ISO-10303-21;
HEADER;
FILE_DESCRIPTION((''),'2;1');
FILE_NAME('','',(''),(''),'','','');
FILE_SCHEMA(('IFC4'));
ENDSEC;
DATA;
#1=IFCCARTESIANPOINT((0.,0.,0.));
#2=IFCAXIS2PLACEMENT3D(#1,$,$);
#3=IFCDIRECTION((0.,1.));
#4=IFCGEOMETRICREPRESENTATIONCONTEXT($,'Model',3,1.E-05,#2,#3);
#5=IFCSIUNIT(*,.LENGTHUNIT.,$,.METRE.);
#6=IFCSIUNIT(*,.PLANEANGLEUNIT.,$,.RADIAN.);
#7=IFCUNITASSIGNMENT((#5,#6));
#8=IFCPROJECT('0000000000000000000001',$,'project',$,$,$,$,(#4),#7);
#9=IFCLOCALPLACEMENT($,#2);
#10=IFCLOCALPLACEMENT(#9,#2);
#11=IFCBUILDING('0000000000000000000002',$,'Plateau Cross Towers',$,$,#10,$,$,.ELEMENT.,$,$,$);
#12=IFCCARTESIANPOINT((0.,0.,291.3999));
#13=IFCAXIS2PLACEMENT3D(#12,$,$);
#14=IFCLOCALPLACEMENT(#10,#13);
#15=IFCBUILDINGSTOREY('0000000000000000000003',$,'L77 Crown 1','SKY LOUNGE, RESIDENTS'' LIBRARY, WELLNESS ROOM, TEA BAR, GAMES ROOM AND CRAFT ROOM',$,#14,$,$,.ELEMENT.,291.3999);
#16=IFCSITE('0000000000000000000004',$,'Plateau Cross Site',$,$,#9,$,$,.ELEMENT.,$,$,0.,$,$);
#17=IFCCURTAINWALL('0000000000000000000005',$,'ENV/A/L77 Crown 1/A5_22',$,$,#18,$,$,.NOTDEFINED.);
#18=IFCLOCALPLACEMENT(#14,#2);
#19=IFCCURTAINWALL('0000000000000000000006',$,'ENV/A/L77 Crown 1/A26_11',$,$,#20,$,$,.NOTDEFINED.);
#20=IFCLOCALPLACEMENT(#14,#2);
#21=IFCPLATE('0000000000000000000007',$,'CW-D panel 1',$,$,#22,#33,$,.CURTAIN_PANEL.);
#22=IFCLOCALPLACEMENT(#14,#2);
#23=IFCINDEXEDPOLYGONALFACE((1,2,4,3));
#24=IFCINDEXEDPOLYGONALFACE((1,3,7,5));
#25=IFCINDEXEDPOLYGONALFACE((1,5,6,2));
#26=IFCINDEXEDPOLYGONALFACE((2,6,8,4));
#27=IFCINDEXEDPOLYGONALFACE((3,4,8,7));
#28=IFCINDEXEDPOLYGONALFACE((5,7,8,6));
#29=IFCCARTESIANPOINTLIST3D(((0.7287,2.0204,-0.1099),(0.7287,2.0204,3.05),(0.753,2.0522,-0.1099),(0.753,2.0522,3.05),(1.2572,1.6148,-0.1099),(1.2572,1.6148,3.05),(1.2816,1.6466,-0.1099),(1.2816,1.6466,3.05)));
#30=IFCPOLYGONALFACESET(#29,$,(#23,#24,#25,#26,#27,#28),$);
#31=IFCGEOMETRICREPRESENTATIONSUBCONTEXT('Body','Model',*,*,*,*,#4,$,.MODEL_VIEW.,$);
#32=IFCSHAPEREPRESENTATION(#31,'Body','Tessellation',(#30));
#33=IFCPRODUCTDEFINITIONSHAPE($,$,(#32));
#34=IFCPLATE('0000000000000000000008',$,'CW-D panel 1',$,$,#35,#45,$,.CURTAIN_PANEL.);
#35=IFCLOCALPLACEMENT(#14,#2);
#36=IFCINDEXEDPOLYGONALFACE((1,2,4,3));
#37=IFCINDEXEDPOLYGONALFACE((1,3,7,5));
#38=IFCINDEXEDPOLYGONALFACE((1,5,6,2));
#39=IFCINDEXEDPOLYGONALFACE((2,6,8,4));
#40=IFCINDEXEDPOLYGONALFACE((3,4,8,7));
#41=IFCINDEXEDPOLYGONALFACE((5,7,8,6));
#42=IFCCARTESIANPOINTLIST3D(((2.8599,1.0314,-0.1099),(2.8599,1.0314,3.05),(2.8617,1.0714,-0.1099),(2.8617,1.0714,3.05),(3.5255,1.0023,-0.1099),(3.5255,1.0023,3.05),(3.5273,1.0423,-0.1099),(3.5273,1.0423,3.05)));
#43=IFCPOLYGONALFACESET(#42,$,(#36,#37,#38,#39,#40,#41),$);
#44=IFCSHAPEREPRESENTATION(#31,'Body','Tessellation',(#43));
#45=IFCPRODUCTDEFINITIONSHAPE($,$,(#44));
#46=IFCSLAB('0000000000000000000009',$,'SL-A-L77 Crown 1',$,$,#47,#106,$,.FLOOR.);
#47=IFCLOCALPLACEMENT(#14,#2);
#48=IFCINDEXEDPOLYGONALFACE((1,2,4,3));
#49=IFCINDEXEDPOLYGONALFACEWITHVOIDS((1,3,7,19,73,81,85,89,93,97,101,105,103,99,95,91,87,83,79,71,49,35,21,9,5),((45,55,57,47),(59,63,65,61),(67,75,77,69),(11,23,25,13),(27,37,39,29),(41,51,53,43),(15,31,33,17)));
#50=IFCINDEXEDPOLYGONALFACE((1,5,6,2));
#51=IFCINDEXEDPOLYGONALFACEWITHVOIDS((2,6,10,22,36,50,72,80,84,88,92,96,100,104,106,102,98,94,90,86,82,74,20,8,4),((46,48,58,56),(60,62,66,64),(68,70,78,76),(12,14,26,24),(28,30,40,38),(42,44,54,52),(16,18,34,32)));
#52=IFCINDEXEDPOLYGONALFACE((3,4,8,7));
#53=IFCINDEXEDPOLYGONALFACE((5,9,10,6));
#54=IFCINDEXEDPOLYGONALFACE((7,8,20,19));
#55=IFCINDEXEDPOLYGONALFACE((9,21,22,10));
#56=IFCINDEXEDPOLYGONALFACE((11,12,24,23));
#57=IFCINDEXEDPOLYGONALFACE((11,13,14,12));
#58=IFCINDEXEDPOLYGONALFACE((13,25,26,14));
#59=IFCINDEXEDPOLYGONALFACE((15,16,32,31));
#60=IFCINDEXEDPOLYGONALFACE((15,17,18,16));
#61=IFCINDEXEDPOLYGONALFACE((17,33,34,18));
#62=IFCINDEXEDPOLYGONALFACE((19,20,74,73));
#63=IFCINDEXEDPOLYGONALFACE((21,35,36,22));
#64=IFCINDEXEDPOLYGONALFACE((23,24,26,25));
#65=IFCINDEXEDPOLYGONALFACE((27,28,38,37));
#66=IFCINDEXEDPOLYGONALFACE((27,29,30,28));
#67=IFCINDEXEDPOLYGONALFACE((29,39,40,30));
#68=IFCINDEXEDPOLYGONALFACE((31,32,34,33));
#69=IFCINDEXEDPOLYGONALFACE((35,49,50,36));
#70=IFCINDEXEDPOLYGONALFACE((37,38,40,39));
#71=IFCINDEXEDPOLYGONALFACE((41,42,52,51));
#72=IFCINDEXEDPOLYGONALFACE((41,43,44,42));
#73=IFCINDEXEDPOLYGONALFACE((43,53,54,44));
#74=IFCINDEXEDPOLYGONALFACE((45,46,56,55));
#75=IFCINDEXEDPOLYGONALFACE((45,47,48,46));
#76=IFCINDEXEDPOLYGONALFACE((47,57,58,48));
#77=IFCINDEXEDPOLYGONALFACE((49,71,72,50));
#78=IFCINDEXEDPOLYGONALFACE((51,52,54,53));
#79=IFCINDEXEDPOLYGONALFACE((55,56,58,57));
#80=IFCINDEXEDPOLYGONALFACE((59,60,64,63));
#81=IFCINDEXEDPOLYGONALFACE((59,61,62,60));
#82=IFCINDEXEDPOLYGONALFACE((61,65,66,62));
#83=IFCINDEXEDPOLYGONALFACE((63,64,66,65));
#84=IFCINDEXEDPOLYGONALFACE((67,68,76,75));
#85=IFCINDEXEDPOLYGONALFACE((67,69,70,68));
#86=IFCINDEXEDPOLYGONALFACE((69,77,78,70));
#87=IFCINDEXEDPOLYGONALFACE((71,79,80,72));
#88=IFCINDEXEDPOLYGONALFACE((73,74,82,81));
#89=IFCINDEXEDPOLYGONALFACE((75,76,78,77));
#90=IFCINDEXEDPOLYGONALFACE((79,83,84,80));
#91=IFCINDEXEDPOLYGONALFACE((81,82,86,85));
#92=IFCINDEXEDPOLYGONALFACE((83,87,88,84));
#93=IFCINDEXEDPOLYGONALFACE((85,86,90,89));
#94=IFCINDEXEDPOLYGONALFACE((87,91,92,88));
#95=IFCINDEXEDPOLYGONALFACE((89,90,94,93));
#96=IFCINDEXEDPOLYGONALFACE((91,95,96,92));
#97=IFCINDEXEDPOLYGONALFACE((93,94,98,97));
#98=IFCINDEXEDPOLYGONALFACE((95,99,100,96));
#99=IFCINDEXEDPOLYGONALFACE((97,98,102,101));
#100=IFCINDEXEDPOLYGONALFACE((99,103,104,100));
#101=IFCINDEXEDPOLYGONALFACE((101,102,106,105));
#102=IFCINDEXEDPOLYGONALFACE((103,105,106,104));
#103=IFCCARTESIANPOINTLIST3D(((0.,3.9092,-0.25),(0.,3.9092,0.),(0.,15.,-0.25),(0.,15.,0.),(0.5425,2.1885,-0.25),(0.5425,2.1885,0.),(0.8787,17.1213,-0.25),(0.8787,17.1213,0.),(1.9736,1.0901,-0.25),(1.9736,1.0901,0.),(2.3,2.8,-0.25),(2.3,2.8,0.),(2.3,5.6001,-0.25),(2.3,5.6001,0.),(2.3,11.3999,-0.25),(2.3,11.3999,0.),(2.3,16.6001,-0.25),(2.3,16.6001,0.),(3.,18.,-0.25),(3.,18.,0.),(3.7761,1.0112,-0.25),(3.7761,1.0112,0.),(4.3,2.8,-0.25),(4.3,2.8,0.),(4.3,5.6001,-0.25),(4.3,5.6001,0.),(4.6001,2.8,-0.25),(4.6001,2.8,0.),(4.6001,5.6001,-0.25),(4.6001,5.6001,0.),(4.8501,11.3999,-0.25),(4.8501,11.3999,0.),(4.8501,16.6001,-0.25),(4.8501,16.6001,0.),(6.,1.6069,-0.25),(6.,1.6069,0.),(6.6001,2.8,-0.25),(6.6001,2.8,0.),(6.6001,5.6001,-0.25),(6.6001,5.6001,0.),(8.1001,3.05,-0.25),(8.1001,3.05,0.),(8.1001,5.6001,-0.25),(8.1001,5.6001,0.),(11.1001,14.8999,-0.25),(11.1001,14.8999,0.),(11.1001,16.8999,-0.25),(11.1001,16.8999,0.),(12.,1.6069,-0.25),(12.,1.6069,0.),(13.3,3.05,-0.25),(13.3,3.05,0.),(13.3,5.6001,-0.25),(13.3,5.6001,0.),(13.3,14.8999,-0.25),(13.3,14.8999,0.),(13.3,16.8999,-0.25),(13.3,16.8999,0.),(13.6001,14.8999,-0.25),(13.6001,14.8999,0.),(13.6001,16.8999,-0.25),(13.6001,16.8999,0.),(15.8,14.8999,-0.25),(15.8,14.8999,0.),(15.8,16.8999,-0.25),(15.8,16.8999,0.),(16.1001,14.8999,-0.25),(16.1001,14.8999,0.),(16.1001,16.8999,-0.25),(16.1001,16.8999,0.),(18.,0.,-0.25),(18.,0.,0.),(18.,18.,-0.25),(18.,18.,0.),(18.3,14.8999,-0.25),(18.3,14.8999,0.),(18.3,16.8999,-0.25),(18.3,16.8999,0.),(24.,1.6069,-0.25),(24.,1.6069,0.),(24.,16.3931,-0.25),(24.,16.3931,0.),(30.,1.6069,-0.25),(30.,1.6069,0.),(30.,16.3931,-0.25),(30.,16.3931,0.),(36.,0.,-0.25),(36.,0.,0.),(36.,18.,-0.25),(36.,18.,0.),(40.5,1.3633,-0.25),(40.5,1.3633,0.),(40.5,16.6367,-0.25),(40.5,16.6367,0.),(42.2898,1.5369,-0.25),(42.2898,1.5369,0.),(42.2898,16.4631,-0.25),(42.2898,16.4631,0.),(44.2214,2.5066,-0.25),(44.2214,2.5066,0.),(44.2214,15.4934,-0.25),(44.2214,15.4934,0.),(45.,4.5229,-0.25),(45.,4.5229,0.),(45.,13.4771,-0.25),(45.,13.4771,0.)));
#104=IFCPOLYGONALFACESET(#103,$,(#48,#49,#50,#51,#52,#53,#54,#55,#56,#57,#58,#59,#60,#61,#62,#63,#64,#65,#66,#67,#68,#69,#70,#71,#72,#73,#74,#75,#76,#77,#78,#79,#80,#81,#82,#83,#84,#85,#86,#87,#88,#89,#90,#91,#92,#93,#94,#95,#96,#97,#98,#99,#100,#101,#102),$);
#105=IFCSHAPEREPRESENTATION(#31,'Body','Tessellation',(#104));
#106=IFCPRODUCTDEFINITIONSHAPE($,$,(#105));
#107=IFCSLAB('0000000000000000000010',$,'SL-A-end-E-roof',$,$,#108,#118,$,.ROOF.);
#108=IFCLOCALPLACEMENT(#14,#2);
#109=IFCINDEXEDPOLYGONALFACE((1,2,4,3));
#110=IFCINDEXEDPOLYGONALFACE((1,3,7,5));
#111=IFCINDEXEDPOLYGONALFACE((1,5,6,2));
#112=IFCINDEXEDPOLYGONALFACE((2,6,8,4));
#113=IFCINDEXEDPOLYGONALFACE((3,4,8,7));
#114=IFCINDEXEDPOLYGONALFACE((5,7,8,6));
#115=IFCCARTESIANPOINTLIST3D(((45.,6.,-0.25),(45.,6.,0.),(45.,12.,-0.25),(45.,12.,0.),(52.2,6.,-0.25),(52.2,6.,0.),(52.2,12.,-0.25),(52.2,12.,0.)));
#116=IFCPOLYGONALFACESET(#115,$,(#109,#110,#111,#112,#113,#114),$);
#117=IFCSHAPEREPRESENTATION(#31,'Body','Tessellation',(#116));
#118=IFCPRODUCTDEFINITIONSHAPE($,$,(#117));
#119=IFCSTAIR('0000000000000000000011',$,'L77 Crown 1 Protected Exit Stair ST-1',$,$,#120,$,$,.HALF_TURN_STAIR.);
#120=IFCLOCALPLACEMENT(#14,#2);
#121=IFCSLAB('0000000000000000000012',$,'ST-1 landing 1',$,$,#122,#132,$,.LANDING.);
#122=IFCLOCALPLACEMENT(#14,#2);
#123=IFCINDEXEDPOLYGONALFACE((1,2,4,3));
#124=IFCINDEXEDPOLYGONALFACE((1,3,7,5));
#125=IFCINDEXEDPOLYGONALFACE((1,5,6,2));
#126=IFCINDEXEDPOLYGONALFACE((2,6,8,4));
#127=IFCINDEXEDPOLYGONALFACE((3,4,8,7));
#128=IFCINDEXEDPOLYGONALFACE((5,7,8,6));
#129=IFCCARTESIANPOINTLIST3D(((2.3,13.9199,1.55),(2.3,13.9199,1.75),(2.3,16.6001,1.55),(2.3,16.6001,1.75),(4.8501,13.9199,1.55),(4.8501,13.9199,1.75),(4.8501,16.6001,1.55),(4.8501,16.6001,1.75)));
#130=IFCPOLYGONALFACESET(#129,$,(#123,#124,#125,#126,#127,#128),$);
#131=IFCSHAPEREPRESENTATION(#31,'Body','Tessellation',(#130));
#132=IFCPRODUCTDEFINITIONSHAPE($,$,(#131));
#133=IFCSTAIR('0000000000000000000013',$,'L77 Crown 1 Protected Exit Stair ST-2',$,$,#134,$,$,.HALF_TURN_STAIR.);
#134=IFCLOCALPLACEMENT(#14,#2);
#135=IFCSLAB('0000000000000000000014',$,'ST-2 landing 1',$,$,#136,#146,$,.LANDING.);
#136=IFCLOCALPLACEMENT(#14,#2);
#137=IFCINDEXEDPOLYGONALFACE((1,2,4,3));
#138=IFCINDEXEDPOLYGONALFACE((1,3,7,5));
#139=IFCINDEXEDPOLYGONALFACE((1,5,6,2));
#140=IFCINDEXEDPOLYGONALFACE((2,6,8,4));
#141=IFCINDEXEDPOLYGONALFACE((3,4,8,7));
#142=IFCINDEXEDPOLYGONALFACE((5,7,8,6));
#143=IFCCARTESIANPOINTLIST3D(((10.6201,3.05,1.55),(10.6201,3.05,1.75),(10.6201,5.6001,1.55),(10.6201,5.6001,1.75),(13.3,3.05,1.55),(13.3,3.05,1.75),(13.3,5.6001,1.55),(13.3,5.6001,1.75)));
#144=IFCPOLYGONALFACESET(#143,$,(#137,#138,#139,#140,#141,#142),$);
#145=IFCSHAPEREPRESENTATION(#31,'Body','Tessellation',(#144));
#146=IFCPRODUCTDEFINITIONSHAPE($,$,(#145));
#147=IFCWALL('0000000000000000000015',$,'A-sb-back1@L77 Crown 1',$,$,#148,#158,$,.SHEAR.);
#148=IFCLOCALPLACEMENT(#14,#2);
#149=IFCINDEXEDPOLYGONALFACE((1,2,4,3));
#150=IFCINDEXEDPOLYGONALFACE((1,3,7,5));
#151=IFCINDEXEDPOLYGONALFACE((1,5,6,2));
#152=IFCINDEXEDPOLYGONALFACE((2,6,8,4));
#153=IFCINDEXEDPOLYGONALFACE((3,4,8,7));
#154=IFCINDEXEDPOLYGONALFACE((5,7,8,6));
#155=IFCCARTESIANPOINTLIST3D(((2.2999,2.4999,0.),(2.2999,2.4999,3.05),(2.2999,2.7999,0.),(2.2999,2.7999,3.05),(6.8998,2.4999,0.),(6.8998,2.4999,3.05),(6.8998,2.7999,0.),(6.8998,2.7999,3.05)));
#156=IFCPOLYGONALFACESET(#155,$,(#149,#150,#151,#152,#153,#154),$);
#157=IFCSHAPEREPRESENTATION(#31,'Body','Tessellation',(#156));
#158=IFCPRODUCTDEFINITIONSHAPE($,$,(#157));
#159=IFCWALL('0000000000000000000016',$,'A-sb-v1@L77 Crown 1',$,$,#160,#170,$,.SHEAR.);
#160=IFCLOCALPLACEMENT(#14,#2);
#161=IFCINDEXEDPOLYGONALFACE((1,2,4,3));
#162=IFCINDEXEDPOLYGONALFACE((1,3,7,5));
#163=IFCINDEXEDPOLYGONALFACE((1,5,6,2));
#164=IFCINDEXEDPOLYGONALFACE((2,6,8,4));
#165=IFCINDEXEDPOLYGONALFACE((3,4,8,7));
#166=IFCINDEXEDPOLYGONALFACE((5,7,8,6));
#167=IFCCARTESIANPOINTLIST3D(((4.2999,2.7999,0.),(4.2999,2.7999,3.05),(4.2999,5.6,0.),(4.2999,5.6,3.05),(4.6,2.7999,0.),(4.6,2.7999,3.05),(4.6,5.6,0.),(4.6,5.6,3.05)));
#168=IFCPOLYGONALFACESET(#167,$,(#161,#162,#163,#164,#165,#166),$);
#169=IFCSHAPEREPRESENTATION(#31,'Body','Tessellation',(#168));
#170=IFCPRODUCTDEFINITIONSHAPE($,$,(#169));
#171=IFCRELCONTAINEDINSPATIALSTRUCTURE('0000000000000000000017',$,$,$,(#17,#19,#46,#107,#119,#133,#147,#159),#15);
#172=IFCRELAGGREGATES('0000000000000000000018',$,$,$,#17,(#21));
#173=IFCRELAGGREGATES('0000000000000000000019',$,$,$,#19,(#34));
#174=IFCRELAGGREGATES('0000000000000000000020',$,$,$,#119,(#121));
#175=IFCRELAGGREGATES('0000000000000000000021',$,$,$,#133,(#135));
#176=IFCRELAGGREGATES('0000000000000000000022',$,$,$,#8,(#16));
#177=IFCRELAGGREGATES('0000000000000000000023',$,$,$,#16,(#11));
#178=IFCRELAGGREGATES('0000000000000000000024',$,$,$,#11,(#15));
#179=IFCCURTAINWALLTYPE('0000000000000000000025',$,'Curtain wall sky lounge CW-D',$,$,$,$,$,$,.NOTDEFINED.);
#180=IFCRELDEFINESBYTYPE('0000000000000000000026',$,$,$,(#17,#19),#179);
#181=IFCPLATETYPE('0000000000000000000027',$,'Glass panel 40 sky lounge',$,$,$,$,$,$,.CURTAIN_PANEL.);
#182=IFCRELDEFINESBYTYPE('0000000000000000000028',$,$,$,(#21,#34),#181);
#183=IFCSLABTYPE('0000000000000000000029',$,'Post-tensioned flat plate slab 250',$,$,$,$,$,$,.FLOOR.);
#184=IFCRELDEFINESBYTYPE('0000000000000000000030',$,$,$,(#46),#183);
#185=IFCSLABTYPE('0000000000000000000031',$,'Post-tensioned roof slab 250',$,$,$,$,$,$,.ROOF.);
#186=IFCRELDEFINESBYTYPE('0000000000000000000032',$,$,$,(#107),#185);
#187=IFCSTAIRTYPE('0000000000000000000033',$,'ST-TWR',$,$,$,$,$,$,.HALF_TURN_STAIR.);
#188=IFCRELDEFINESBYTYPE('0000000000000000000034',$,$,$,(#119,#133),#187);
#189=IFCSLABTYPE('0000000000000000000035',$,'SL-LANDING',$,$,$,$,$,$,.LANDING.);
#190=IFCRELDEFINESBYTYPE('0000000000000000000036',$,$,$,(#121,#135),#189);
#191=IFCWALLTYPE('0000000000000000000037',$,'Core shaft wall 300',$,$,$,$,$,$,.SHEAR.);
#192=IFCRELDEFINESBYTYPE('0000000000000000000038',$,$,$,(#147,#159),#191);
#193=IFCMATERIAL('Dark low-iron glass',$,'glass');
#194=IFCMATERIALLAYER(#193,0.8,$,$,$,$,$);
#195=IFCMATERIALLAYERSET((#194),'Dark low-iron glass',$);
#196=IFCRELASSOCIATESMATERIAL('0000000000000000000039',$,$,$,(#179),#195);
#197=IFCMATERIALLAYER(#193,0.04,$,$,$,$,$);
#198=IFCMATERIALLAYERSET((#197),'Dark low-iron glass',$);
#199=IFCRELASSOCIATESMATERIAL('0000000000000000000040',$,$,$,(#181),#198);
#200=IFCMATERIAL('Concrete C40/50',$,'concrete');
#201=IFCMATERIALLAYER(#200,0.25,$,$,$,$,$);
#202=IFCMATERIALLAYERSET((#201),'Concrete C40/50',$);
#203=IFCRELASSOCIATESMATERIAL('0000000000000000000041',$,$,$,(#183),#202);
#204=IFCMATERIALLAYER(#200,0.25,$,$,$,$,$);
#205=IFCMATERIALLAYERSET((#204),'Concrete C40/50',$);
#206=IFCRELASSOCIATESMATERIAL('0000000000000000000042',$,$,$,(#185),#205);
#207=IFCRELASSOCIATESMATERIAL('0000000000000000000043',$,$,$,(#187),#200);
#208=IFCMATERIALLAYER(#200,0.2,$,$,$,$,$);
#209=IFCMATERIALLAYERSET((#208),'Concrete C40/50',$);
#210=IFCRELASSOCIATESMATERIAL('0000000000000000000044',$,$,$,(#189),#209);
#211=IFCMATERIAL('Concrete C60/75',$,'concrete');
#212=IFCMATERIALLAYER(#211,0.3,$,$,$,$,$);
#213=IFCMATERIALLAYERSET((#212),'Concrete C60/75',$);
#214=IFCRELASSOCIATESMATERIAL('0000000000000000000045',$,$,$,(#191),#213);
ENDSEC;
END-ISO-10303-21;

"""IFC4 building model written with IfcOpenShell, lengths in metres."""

from ifc_helpers import new_model, si_unit, direction, frame, frame_2d, origin, origin_2d, place, context, subcontext, project, spatial, polyline, rectangle, outline, extrude, material, layer, layer_set, type_object, element, aggregate, save


model = new_model("IFC4")

# Units and contexts
model_context = context("Model", 3, precision=1e-05, world=origin(), true_north=direction((0.0, 1.0)))
body_context = subcontext(model_context, "Body", "Model", "MODEL_VIEW")
ifc_project = project(units=[si_unit("LENGTHUNIT", "METRE"), si_unit("PLANEANGLEUNIT", "RADIAN")], contexts=[model_context])

# Site, building, storey
site_placement = place(None, origin())
site = spatial("IfcSite", under=ifc_project, at=site_placement, Name="Plateau Cross Site", CompositionType="ELEMENT", RefElevation=0.0)
building_placement = place(site_placement, origin())
building = spatial("IfcBuilding", under=site, at=building_placement, Name="Plateau Cross Towers", CompositionType="ELEMENT")
storey_placement = place(building_placement, frame((0.0, 0.0, 291.3999)))
storey = spatial("IfcBuildingStorey", under=building, at=storey_placement, Name="L77 Crown 1", Description="SKY LOUNGE, RESIDENTS' LIBRARY, WELLNESS ROOM, TEA BAR, GAMES ROOM AND CRAFT ROOM", CompositionType="ELEMENT", Elevation=291.3999)

# Shared definitions
ifc_material_1 = material(Name="Concrete C60/75", Category="concrete")

# Shared definitions
ifc_material_2 = material(Name="Dark low-iron glass", Category="glass")
ifc_layer_1 = layer(ifc_material_2, 0.8)
ifc_layer_set_1 = layer_set([ifc_layer_1], Name="Dark low-iron glass")
curtain_wall_type = type_object("IfcCurtainWallType", Name="Curtain wall sky lounge CW-D", PredefinedType="NOTDEFINED", material=ifc_layer_set_1)

# Curtain wall
curtain_wall_1_placement = place(storey_placement, origin())
curtain_wall_1 = element("IfcCurtainWall", 1, at=curtain_wall_1_placement, inside=storey, type_object=curtain_wall_type, Name="ENV/A/L77 Crown 1/A5_22", PredefinedType="NOTDEFINED")

# Curtain wall
curtain_wall_2_placement = place(storey_placement, origin())
curtain_wall_2 = element("IfcCurtainWall", 2, at=curtain_wall_2_placement, inside=storey, type_object=curtain_wall_type, Name="ENV/A/L77 Crown 1/A26_11", PredefinedType="NOTDEFINED")

# Plates
ifc_layer_2 = layer(ifc_material_2, 0.04)
ifc_layer_set_2 = layer_set([ifc_layer_2], Name="Dark low-iron glass")
plate_type = type_object("IfcPlateType", Name="Glass panel 40 sky lounge", PredefinedType="CURTAIN_PANEL", material=ifc_layer_set_2)
plate_1_placement = place(storey_placement, frame((1.0051, 1.8335, -0.1099), z_axis=(0.0, 0.0, 1.0), x_axis=(0.793316, -0.608811, 0.0)))
plate_1 = element("IfcPlate", 3, at=plate_1_placement, type_object=plate_type, Name="CW-D panel 1", PredefinedType="CURTAIN_PANEL", context=body_context, shape_type="SweptSolid", body=[
    extrude(rectangle(XDim=0.6663, YDim=0.04, at=origin_2d()), origin(), (0.0, 0.0, 1.0), 3.1599),
])
aggregate(curtain_wall_1, [plate_1])
plate_2_placement = place(storey_placement, frame((3.1936, 1.0369, -0.1099), z_axis=(0.0, 0.0, 1.0), x_axis=(0.999044, -0.043723, 0.0)))
plate_2 = element("IfcPlate", 4, at=plate_2_placement, type_object=plate_type, Name="CW-D panel 1", PredefinedType="CURTAIN_PANEL", context=body_context, shape_type="SweptSolid", body=[
    extrude(rectangle(XDim=0.6663, YDim=0.04, at=origin_2d()), origin(), (0.0, 0.0, 1.0), 3.1599),
])
aggregate(curtain_wall_2, [plate_2])

# Slabs
ifc_material_3 = material(Name="Concrete C40/50", Category="concrete")
ifc_layer_3 = layer(ifc_material_3, 0.25)
ifc_layer_set_3 = layer_set([ifc_layer_3], Name="Concrete C40/50")
slab_type_1 = type_object("IfcSlabType", Name="Post-tensioned flat plate slab 250", PredefinedType="FLOOR", material=ifc_layer_set_3)
slab_1_placement = place(storey_placement, frame((0.0, 0.0, -0.25)))
element("IfcSlab", 5, at=slab_1_placement, inside=storey, type_object=slab_type_1, Name="SL-A-L77 Crown 1", PredefinedType="FLOOR", context=body_context, shape_type="SweptSolid", body=[
    extrude(outline(polyline([(1.9736, 1.0901), (0.5425, 2.1885), (0.0, 3.9092), (0.0, 15.0), (0.8787, 17.1213), (3.0, 18.0), (18.0, 18.0), (24.0, 16.3931), (30.0, 16.3931), (36.0, 18.0), (40.5, 16.6367), (42.2898, 16.4631), (44.2214, 15.4934), (45.0, 13.4771), (45.0, 4.5229), (44.2214, 2.5066), (42.2898, 1.5369), (40.5, 1.3633), (36.0, 0.0), (30.0, 1.6069), (24.0, 1.6069), (18.0, 0.0), (12.0, 1.6069), (6.0, 1.6069), (3.7761, 1.0112), (1.9736, 1.0901)]), holes=[polyline([(2.3, 5.6001), (2.3, 2.8), (4.3, 2.8), (4.3, 5.6001), (2.3, 5.6001)]), polyline([(6.6001, 5.6001), (4.6001, 5.6001), (4.6001, 2.8), (6.6001, 2.8), (6.6001, 5.6001)]), polyline([(13.3, 5.6001), (8.1001, 5.6001), (8.1001, 3.05), (13.3, 3.05), (13.3, 5.6001)]), polyline([(2.3, 16.6001), (2.3, 11.3999), (4.8501, 11.3999), (4.8501, 16.6001), (2.3, 16.6001)]), polyline([(13.3, 16.8999), (11.1001, 16.8999), (11.1001, 14.8999), (13.3, 14.8999), (13.3, 16.8999)]), polyline([(15.8, 16.8999), (13.6001, 16.8999), (13.6001, 14.8999), (15.8, 14.8999), (15.8, 16.8999)]), polyline([(18.3, 16.8999), (16.1001, 16.8999), (16.1001, 14.8999), (18.3, 14.8999), (18.3, 16.8999)])]), origin(), (0.0, 0.0, 1.0), 0.25),
])
ifc_layer_4 = layer(ifc_material_3, 0.25)
ifc_layer_set_4 = layer_set([ifc_layer_4], Name="Concrete C40/50")
slab_type_2 = type_object("IfcSlabType", Name="Post-tensioned roof slab 250", PredefinedType="ROOF", material=ifc_layer_set_4)
slab_2_placement = place(storey_placement, frame((0.0, 0.0, -0.25)))
element("IfcSlab", 6, at=slab_2_placement, inside=storey, type_object=slab_type_2, Name="SL-A-end-E-roof", PredefinedType="ROOF", context=body_context, shape_type="SweptSolid", body=[
    extrude(outline(polyline([(52.2, 6.0), (45.0, 6.0), (45.0, 12.0), (52.2, 12.0), (52.2, 6.0)])), origin(), (0.0, 0.0, 1.0), 0.25),
])

# Stairs, slabs
stair_type = type_object("IfcStairType", Name="ST-TWR", PredefinedType="HALF_TURN_STAIR", material=ifc_material_3)
stair_1_placement = place(storey_placement, origin())
stair_1 = element("IfcStair", 7, at=stair_1_placement, inside=storey, type_object=stair_type, Name="L77 Crown 1 Protected Exit Stair ST-1", PredefinedType="HALF_TURN_STAIR")
ifc_layer_5 = layer(ifc_material_3, 0.2)
ifc_layer_set_5 = layer_set([ifc_layer_5], Name="Concrete C40/50")
slab_type_3 = type_object("IfcSlabType", Name="SL-LANDING", PredefinedType="LANDING", material=ifc_layer_set_5)
slab_3_placement = place(storey_placement, frame((0.0, 0.0, 1.55)))
slab_3 = element("IfcSlab", 8, at=slab_3_placement, type_object=slab_type_3, Name="ST-1 landing 1", PredefinedType="LANDING", context=body_context, shape_type="SweptSolid", body=[
    extrude(outline(polyline([(4.8501, 13.9199), (4.8501, 16.6001), (2.3, 16.6001), (2.3, 13.9199), (4.8501, 13.9199)])), origin(), (0.0, 0.0, 1.0), 0.2),
])
aggregate(stair_1, [slab_3])
stair_2_placement = place(storey_placement, origin())
stair_2 = element("IfcStair", 9, at=stair_2_placement, inside=storey, type_object=stair_type, Name="L77 Crown 1 Protected Exit Stair ST-2", PredefinedType="HALF_TURN_STAIR")
slab_4_placement = place(storey_placement, frame((0.0, 0.0, 1.55)))
slab_4 = element("IfcSlab", 10, at=slab_4_placement, type_object=slab_type_3, Name="ST-2 landing 1", PredefinedType="LANDING", context=body_context, shape_type="SweptSolid", body=[
    extrude(outline(polyline([(10.6201, 3.05), (13.3, 3.05), (13.3, 5.6001), (10.6201, 5.6001), (10.6201, 3.05)])), origin(), (0.0, 0.0, 1.0), 0.2),
])
aggregate(stair_2, [slab_4])

# Walls
ifc_layer_6 = layer(ifc_material_1, 0.3)
ifc_layer_set_6 = layer_set([ifc_layer_6], Name="Concrete C60/75")
wall_type_1 = type_object("IfcWallType", Name="Core shaft wall 300", PredefinedType="SHEAR", material=ifc_layer_set_6)
wall_1_placement = place(storey_placement, frame((2.3, 2.6499, 0.0), z_axis=(0.0, 0.0, 1.0), x_axis=(1.0, 0.0, 0.0)))
element("IfcWall", 11, at=wall_1_placement, inside=storey, type_object=wall_type_1, Name="A-sb-back1@L77 Crown 1", PredefinedType="SHEAR", context=body_context, shape_type="SweptSolid", body=[
    extrude(rectangle(XDim=4.5999, YDim=0.3, at=frame_2d((2.2998, 0.0))), origin(), (0.0, 0.0, 1.0), 3.05),
])
wall_2_placement = place(storey_placement, frame((4.45, 2.8, 0.0), z_axis=(0.0, 0.0, 1.0), x_axis=(0.0, 1.0, 0.0)))
element("IfcWall", 12, at=wall_2_placement, inside=storey, type_object=wall_type_1, Name="A-sb-v1@L77 Crown 1", PredefinedType="SHEAR", context=body_context, shape_type="SweptSolid", body=[
    extrude(rectangle(XDim=2.8, YDim=0.3, at=frame_2d((1.3999, 0.0))), origin(), (0.0, 0.0, 1.0), 3.05),
])

save(model, "model.ifc")
